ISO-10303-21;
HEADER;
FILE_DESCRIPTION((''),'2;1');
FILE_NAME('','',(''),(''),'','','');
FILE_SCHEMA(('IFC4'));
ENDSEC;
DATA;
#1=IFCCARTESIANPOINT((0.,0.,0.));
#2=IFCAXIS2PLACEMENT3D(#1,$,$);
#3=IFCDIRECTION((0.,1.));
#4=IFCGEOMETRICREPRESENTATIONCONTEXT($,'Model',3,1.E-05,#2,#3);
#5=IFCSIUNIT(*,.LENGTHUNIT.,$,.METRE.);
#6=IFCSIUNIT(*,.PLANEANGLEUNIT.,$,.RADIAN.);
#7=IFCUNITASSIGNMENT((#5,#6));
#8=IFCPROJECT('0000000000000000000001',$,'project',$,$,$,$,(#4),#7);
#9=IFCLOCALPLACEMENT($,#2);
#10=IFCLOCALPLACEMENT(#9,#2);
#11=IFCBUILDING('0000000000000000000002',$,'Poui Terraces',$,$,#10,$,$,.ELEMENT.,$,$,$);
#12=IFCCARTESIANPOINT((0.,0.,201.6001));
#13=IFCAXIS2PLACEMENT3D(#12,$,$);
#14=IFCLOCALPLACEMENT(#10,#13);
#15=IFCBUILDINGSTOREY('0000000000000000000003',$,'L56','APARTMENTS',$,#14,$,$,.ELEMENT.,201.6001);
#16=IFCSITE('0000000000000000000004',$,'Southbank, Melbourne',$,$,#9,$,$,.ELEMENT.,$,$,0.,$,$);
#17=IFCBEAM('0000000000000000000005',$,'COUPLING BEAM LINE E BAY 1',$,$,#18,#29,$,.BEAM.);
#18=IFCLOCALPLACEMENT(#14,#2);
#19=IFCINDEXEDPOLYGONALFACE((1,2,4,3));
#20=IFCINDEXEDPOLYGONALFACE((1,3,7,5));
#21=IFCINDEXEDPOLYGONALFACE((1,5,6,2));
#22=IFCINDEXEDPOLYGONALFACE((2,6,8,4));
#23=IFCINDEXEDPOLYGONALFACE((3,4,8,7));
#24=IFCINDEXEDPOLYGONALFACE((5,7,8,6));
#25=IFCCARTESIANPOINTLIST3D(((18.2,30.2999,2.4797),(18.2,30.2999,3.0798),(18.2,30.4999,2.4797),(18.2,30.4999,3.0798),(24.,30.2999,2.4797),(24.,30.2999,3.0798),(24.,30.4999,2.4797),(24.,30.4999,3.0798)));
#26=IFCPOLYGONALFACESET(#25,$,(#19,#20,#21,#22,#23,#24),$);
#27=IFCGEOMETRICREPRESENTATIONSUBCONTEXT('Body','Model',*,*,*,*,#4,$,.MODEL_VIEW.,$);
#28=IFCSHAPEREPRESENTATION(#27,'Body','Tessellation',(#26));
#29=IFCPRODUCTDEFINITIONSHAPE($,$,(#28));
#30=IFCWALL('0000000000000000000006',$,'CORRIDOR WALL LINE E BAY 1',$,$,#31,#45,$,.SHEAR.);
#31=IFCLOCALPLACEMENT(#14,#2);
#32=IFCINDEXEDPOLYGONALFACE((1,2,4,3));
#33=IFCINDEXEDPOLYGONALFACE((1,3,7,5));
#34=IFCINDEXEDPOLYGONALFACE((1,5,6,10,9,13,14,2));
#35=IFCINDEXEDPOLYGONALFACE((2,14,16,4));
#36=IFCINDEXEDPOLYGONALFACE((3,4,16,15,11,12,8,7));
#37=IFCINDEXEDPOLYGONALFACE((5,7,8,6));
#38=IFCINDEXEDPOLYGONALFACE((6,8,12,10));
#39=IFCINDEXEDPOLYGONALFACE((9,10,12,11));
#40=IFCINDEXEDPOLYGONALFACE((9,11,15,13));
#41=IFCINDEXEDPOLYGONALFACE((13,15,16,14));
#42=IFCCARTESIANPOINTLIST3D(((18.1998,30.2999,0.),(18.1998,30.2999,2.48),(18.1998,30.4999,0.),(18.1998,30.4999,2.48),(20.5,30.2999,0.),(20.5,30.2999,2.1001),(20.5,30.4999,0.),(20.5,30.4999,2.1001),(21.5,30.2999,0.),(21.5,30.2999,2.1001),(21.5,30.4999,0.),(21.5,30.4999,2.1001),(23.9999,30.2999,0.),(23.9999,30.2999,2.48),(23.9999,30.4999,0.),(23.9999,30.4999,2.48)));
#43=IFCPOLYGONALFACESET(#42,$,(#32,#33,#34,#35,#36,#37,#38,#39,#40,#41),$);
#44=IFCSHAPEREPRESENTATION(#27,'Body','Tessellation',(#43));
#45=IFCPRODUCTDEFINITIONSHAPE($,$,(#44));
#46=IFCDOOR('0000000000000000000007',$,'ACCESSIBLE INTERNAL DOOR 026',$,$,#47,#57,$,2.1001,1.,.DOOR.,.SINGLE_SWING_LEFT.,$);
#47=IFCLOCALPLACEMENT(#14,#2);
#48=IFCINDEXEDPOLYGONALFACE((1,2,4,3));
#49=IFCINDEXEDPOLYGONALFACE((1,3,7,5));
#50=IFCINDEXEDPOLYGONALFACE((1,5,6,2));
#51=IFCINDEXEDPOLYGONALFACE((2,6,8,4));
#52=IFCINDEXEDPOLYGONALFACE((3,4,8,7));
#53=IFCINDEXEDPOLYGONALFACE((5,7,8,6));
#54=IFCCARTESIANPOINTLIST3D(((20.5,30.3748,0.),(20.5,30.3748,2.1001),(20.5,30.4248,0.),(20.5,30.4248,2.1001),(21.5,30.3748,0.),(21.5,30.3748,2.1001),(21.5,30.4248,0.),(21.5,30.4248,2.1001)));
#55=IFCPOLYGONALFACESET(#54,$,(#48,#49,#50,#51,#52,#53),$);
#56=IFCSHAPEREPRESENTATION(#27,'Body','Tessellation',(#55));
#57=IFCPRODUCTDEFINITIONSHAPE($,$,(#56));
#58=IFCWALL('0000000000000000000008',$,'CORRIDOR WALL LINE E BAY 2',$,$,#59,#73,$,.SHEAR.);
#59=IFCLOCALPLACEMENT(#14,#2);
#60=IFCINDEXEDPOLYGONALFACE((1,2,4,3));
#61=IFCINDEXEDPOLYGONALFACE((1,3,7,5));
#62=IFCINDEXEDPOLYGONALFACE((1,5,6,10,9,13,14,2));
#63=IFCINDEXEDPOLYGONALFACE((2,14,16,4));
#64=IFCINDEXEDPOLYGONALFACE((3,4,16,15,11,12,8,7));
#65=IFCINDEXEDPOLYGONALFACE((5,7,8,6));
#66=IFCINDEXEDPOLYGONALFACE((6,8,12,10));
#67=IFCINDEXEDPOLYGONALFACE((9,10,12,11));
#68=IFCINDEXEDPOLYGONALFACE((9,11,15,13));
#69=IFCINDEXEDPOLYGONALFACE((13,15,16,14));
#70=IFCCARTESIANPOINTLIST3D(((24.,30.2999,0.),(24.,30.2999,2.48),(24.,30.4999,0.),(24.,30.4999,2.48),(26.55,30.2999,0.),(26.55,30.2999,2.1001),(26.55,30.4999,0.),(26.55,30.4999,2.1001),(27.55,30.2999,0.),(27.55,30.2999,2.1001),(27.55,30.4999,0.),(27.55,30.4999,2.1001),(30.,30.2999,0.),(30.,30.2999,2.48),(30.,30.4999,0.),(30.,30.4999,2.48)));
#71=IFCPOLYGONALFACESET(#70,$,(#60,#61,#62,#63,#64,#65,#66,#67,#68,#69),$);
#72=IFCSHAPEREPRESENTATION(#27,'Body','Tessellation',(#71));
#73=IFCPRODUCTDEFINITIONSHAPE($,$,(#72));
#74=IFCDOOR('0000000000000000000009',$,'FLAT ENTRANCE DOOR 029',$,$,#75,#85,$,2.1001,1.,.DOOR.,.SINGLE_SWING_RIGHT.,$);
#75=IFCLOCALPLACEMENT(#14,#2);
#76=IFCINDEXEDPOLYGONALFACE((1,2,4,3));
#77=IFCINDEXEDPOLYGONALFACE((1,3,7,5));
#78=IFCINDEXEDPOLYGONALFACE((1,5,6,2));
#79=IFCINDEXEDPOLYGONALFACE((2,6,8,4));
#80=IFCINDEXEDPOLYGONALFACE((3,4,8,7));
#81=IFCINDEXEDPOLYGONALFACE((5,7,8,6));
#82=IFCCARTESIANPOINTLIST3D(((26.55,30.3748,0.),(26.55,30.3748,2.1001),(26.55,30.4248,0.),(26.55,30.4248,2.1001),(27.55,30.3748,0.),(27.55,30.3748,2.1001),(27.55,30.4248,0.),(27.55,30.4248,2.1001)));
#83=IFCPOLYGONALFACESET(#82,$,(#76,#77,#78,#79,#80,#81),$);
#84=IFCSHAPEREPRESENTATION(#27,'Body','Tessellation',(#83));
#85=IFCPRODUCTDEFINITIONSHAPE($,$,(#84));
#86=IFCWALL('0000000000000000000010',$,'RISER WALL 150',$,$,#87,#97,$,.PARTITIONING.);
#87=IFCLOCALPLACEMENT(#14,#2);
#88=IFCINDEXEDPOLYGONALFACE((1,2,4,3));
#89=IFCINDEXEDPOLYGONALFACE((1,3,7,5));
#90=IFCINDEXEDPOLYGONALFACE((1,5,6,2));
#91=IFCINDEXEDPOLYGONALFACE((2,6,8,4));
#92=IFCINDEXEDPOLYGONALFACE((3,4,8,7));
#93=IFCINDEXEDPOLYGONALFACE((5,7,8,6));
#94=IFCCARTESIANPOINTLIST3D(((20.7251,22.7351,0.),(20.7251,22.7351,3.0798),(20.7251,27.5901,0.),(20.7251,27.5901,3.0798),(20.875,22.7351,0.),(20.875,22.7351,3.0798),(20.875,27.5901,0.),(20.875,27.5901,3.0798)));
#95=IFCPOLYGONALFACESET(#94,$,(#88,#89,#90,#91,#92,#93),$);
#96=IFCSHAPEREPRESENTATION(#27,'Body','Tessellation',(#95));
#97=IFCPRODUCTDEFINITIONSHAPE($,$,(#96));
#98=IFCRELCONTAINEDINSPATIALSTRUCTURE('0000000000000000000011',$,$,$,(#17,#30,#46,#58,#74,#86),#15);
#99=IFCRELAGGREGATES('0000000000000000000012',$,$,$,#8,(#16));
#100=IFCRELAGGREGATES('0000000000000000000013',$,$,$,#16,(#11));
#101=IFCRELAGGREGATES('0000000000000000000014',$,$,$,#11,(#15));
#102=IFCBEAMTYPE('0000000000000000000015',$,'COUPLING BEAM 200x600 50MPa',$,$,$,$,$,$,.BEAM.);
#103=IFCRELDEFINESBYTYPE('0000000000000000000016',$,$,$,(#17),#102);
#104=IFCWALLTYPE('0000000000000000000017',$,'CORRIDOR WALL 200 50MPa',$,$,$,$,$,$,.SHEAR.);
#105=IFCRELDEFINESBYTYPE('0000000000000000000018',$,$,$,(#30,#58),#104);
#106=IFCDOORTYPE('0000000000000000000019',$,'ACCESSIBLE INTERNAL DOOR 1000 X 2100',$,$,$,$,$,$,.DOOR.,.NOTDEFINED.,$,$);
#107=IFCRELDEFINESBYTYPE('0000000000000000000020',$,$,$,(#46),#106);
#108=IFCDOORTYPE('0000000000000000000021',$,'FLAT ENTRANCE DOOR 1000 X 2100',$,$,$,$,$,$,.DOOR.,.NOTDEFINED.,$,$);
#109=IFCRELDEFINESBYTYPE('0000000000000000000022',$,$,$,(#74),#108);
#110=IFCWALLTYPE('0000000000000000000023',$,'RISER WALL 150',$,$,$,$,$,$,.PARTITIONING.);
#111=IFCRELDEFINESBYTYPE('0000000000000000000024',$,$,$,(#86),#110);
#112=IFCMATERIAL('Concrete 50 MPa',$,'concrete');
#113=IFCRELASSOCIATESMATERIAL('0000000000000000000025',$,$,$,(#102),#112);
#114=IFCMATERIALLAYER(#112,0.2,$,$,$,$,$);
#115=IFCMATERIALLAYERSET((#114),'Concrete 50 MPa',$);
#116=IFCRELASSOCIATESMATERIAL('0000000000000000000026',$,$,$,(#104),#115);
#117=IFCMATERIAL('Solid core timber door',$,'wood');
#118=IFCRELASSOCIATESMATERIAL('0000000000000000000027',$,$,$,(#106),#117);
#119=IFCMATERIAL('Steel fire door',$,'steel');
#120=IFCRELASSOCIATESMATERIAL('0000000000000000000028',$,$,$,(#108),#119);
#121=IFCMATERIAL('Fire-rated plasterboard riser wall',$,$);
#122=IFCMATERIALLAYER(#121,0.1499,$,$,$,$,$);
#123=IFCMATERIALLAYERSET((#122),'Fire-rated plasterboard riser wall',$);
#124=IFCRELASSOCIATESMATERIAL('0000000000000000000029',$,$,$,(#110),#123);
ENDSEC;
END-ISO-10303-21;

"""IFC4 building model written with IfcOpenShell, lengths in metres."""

from ifc_helpers import new_model, si_unit, direction, frame, frame_2d, origin, origin_2d, place, context, subcontext, project, spatial, rectangle, extrude, source, transform, mapped, material, layer, layer_set, material_profile, profile_set, type_object, element, fill, save


model = new_model("IFC4")

# Units and contexts
model_context = context("Model", 3, precision=1e-05, world=origin(), true_north=direction((0.0, 1.0)))
body_context = subcontext(model_context, "Body", "Model", "MODEL_VIEW")
ifc_project = project(units=[si_unit("LENGTHUNIT", "METRE"), si_unit("PLANEANGLEUNIT", "RADIAN")], contexts=[model_context])

# Site, building, storey
site_placement = place(None, origin())
site = spatial("IfcSite", under=ifc_project, at=site_placement, Name="Southbank, Melbourne", CompositionType="ELEMENT", RefElevation=0.0)
building_placement = place(site_placement, origin())
building = spatial("IfcBuilding", under=site, at=building_placement, Name="Poui Terraces", CompositionType="ELEMENT")
storey_placement = place(building_placement, frame((0.0, 0.0, 201.6001)))
storey = spatial("IfcBuildingStorey", under=building, at=storey_placement, Name="L56", Description="APARTMENTS", CompositionType="ELEMENT", Elevation=201.6001)

# Beam
ifc_material_1 = material(Name="Concrete 50 MPa", Category="concrete")
ifc_material_profile = material_profile(ifc_material_1, rectangle(XDim=0.2, YDim=0.6001, at=origin_2d()), Name="RC 200x600")
ifc_profile_set = profile_set([ifc_material_profile], Name="Concrete 50 MPa")
beam_type = type_object("IfcBeamType", Name="COUPLING BEAM 200x600 50MPa", PredefinedType="BEAM", material=ifc_profile_set)
shared_shape = source(origin(), body_context, "Body", "SweptSolid", [
    extrude(rectangle(XDim=0.2, YDim=0.6001, at=origin_2d()), origin(), (0.0, 0.0, 1.0), 5.8),
])
beam_placement = place(storey_placement, frame((18.2, 30.3999, 2.7798), z_axis=(1.0, 0.0, 0.0), x_axis=(0.0, 1.0, 0.0)))
element("IfcBeam", 1, at=beam_placement, inside=storey, type_object=beam_type, Name="COUPLING BEAM LINE E BAY 1", PredefinedType="BEAM", context=body_context, shape_type="MappedRepresentation", body=[
    mapped(shared_shape, transform((0.0, 0.0, 0.0))),
])

# Walls, openings, doors
ifc_layer_1 = layer(ifc_material_1, 0.2)
ifc_layer_set_1 = layer_set([ifc_layer_1], Name="Concrete 50 MPa")
wall_type_1 = type_object("IfcWallType", Name="CORRIDOR WALL 200 50MPa", PredefinedType="SHEAR", material=ifc_layer_set_1)
wall_1_placement = place(storey_placement, frame((18.2, 30.3999, 0.0), z_axis=(0.0, 0.0, 1.0), x_axis=(1.0, 0.0, 0.0)))
wall_1 = element("IfcWall", 2, at=wall_1_placement, inside=storey, type_object=wall_type_1, Name="CORRIDOR WALL LINE E BAY 1", PredefinedType="SHEAR", context=body_context, shape_type="SweptSolid", body=[
    extrude(rectangle(XDim=5.8, YDim=0.2, at=frame_2d((2.8999, 0.0))), origin(), (0.0, 0.0, 1.0), 2.48),
])
opening_1_placement = place(wall_1_placement, frame((2.3, 0.0, 0.0)))
opening_1 = element("IfcOpeningElement", 3, at=opening_1_placement, cuts=wall_1, PredefinedType="OPENING", context=body_context, shape_type="SweptSolid", body=[
    extrude(rectangle(XDim=1.0, YDim=2.1001, at=frame_2d((0.5, 1.05))), frame((0.0, 0.1099, 0.0), z_axis=(0.0, -1.0, 0.0), x_axis=(1.0, 0.0, 0.0)), (0.0, 0.0, 1.0), 0.22),
])
ifc_material_2 = material(Name="Solid core timber door", Category="wood")
door_type_1 = type_object("IfcDoorType", Name="ACCESSIBLE INTERNAL DOOR 1000 X 2100", OperationType="NOTDEFINED", PredefinedType="DOOR", material=ifc_material_2)
door_1_placement = place(opening_1_placement, origin())
door_1 = element("IfcDoor", 4, at=door_1_placement, inside=storey, type_object=door_type_1, Name="ACCESSIBLE INTERNAL DOOR 026", OperationType="SINGLE_SWING_LEFT", OverallHeight=2.1001, OverallWidth=1.0, PredefinedType="DOOR", context=body_context, shape_type="SweptSolid", body=[
    extrude(rectangle(XDim=1.0, YDim=2.1001, at=frame_2d((0.5, 1.05))), frame((0.0, 0.0249, 0.0), z_axis=(0.0, -1.0, 0.0), x_axis=(1.0, 0.0, 0.0)), (0.0, 0.0, 1.0), 0.05),
])
fill(opening_1, door_1)
wall_2_placement = place(storey_placement, frame((24.0, 30.3999, 0.0), z_axis=(0.0, 0.0, 1.0), x_axis=(1.0, 0.0, 0.0)))
wall_2 = element("IfcWall", 5, at=wall_2_placement, inside=storey, type_object=wall_type_1, Name="CORRIDOR WALL LINE E BAY 2", PredefinedType="SHEAR", context=body_context, shape_type="SweptSolid", body=[
    extrude(rectangle(XDim=6.0, YDim=0.2, at=frame_2d((3.0, 0.0))), origin(), (0.0, 0.0, 1.0), 2.48),
])
opening_2_placement = place(wall_2_placement, frame((2.55, 0.0, 0.0)))
opening_2 = element("IfcOpeningElement", 6, at=opening_2_placement, cuts=wall_2, PredefinedType="OPENING", context=body_context, shape_type="SweptSolid", body=[
    extrude(rectangle(XDim=1.0, YDim=2.1001, at=frame_2d((0.5, 1.05))), frame((0.0, 0.1099, 0.0), z_axis=(0.0, -1.0, 0.0), x_axis=(1.0, 0.0, 0.0)), (0.0, 0.0, 1.0), 0.22),
])
ifc_material_3 = material(Name="Steel fire door", Category="steel")
door_type_2 = type_object("IfcDoorType", Name="FLAT ENTRANCE DOOR 1000 X 2100", OperationType="NOTDEFINED", PredefinedType="DOOR", material=ifc_material_3)
door_2_placement = place(opening_2_placement, origin())
door_2 = element("IfcDoor", 7, at=door_2_placement, inside=storey, type_object=door_type_2, Name="FLAT ENTRANCE DOOR 029", OperationType="SINGLE_SWING_RIGHT", OverallHeight=2.1001, OverallWidth=1.0, PredefinedType="DOOR", context=body_context, shape_type="SweptSolid", body=[
    extrude(rectangle(XDim=1.0, YDim=2.1001, at=frame_2d((0.5, 1.05))), frame((0.0, 0.0249, 0.0), z_axis=(0.0, -1.0, 0.0), x_axis=(1.0, 0.0, 0.0)), (0.0, 0.0, 1.0), 0.05),
])
fill(opening_2, door_2)

# Wall
ifc_material_4 = material(Name="Fire-rated plasterboard riser wall")
ifc_layer_2 = layer(ifc_material_4, 0.1499)
ifc_layer_set_2 = layer_set([ifc_layer_2], Name="Fire-rated plasterboard riser wall")
wall_type_2 = type_object("IfcWallType", Name="RISER WALL 150", PredefinedType="PARTITIONING", material=ifc_layer_set_2)
wall_3_placement = place(storey_placement, frame((20.8, 22.7351, 0.0), z_axis=(0.0, 0.0, 1.0), x_axis=(0.0, 1.0, 0.0)))
element("IfcWall", 8, at=wall_3_placement, inside=storey, type_object=wall_type_2, Name="RISER WALL 150", PredefinedType="PARTITIONING", context=body_context, shape_type="SweptSolid", body=[
    extrude(rectangle(XDim=4.855, YDim=0.1499, at=frame_2d((2.4275, 0.0))), origin(), (0.0, 0.0, 1.0), 3.0798),
])

save(model, "model.ifc")
